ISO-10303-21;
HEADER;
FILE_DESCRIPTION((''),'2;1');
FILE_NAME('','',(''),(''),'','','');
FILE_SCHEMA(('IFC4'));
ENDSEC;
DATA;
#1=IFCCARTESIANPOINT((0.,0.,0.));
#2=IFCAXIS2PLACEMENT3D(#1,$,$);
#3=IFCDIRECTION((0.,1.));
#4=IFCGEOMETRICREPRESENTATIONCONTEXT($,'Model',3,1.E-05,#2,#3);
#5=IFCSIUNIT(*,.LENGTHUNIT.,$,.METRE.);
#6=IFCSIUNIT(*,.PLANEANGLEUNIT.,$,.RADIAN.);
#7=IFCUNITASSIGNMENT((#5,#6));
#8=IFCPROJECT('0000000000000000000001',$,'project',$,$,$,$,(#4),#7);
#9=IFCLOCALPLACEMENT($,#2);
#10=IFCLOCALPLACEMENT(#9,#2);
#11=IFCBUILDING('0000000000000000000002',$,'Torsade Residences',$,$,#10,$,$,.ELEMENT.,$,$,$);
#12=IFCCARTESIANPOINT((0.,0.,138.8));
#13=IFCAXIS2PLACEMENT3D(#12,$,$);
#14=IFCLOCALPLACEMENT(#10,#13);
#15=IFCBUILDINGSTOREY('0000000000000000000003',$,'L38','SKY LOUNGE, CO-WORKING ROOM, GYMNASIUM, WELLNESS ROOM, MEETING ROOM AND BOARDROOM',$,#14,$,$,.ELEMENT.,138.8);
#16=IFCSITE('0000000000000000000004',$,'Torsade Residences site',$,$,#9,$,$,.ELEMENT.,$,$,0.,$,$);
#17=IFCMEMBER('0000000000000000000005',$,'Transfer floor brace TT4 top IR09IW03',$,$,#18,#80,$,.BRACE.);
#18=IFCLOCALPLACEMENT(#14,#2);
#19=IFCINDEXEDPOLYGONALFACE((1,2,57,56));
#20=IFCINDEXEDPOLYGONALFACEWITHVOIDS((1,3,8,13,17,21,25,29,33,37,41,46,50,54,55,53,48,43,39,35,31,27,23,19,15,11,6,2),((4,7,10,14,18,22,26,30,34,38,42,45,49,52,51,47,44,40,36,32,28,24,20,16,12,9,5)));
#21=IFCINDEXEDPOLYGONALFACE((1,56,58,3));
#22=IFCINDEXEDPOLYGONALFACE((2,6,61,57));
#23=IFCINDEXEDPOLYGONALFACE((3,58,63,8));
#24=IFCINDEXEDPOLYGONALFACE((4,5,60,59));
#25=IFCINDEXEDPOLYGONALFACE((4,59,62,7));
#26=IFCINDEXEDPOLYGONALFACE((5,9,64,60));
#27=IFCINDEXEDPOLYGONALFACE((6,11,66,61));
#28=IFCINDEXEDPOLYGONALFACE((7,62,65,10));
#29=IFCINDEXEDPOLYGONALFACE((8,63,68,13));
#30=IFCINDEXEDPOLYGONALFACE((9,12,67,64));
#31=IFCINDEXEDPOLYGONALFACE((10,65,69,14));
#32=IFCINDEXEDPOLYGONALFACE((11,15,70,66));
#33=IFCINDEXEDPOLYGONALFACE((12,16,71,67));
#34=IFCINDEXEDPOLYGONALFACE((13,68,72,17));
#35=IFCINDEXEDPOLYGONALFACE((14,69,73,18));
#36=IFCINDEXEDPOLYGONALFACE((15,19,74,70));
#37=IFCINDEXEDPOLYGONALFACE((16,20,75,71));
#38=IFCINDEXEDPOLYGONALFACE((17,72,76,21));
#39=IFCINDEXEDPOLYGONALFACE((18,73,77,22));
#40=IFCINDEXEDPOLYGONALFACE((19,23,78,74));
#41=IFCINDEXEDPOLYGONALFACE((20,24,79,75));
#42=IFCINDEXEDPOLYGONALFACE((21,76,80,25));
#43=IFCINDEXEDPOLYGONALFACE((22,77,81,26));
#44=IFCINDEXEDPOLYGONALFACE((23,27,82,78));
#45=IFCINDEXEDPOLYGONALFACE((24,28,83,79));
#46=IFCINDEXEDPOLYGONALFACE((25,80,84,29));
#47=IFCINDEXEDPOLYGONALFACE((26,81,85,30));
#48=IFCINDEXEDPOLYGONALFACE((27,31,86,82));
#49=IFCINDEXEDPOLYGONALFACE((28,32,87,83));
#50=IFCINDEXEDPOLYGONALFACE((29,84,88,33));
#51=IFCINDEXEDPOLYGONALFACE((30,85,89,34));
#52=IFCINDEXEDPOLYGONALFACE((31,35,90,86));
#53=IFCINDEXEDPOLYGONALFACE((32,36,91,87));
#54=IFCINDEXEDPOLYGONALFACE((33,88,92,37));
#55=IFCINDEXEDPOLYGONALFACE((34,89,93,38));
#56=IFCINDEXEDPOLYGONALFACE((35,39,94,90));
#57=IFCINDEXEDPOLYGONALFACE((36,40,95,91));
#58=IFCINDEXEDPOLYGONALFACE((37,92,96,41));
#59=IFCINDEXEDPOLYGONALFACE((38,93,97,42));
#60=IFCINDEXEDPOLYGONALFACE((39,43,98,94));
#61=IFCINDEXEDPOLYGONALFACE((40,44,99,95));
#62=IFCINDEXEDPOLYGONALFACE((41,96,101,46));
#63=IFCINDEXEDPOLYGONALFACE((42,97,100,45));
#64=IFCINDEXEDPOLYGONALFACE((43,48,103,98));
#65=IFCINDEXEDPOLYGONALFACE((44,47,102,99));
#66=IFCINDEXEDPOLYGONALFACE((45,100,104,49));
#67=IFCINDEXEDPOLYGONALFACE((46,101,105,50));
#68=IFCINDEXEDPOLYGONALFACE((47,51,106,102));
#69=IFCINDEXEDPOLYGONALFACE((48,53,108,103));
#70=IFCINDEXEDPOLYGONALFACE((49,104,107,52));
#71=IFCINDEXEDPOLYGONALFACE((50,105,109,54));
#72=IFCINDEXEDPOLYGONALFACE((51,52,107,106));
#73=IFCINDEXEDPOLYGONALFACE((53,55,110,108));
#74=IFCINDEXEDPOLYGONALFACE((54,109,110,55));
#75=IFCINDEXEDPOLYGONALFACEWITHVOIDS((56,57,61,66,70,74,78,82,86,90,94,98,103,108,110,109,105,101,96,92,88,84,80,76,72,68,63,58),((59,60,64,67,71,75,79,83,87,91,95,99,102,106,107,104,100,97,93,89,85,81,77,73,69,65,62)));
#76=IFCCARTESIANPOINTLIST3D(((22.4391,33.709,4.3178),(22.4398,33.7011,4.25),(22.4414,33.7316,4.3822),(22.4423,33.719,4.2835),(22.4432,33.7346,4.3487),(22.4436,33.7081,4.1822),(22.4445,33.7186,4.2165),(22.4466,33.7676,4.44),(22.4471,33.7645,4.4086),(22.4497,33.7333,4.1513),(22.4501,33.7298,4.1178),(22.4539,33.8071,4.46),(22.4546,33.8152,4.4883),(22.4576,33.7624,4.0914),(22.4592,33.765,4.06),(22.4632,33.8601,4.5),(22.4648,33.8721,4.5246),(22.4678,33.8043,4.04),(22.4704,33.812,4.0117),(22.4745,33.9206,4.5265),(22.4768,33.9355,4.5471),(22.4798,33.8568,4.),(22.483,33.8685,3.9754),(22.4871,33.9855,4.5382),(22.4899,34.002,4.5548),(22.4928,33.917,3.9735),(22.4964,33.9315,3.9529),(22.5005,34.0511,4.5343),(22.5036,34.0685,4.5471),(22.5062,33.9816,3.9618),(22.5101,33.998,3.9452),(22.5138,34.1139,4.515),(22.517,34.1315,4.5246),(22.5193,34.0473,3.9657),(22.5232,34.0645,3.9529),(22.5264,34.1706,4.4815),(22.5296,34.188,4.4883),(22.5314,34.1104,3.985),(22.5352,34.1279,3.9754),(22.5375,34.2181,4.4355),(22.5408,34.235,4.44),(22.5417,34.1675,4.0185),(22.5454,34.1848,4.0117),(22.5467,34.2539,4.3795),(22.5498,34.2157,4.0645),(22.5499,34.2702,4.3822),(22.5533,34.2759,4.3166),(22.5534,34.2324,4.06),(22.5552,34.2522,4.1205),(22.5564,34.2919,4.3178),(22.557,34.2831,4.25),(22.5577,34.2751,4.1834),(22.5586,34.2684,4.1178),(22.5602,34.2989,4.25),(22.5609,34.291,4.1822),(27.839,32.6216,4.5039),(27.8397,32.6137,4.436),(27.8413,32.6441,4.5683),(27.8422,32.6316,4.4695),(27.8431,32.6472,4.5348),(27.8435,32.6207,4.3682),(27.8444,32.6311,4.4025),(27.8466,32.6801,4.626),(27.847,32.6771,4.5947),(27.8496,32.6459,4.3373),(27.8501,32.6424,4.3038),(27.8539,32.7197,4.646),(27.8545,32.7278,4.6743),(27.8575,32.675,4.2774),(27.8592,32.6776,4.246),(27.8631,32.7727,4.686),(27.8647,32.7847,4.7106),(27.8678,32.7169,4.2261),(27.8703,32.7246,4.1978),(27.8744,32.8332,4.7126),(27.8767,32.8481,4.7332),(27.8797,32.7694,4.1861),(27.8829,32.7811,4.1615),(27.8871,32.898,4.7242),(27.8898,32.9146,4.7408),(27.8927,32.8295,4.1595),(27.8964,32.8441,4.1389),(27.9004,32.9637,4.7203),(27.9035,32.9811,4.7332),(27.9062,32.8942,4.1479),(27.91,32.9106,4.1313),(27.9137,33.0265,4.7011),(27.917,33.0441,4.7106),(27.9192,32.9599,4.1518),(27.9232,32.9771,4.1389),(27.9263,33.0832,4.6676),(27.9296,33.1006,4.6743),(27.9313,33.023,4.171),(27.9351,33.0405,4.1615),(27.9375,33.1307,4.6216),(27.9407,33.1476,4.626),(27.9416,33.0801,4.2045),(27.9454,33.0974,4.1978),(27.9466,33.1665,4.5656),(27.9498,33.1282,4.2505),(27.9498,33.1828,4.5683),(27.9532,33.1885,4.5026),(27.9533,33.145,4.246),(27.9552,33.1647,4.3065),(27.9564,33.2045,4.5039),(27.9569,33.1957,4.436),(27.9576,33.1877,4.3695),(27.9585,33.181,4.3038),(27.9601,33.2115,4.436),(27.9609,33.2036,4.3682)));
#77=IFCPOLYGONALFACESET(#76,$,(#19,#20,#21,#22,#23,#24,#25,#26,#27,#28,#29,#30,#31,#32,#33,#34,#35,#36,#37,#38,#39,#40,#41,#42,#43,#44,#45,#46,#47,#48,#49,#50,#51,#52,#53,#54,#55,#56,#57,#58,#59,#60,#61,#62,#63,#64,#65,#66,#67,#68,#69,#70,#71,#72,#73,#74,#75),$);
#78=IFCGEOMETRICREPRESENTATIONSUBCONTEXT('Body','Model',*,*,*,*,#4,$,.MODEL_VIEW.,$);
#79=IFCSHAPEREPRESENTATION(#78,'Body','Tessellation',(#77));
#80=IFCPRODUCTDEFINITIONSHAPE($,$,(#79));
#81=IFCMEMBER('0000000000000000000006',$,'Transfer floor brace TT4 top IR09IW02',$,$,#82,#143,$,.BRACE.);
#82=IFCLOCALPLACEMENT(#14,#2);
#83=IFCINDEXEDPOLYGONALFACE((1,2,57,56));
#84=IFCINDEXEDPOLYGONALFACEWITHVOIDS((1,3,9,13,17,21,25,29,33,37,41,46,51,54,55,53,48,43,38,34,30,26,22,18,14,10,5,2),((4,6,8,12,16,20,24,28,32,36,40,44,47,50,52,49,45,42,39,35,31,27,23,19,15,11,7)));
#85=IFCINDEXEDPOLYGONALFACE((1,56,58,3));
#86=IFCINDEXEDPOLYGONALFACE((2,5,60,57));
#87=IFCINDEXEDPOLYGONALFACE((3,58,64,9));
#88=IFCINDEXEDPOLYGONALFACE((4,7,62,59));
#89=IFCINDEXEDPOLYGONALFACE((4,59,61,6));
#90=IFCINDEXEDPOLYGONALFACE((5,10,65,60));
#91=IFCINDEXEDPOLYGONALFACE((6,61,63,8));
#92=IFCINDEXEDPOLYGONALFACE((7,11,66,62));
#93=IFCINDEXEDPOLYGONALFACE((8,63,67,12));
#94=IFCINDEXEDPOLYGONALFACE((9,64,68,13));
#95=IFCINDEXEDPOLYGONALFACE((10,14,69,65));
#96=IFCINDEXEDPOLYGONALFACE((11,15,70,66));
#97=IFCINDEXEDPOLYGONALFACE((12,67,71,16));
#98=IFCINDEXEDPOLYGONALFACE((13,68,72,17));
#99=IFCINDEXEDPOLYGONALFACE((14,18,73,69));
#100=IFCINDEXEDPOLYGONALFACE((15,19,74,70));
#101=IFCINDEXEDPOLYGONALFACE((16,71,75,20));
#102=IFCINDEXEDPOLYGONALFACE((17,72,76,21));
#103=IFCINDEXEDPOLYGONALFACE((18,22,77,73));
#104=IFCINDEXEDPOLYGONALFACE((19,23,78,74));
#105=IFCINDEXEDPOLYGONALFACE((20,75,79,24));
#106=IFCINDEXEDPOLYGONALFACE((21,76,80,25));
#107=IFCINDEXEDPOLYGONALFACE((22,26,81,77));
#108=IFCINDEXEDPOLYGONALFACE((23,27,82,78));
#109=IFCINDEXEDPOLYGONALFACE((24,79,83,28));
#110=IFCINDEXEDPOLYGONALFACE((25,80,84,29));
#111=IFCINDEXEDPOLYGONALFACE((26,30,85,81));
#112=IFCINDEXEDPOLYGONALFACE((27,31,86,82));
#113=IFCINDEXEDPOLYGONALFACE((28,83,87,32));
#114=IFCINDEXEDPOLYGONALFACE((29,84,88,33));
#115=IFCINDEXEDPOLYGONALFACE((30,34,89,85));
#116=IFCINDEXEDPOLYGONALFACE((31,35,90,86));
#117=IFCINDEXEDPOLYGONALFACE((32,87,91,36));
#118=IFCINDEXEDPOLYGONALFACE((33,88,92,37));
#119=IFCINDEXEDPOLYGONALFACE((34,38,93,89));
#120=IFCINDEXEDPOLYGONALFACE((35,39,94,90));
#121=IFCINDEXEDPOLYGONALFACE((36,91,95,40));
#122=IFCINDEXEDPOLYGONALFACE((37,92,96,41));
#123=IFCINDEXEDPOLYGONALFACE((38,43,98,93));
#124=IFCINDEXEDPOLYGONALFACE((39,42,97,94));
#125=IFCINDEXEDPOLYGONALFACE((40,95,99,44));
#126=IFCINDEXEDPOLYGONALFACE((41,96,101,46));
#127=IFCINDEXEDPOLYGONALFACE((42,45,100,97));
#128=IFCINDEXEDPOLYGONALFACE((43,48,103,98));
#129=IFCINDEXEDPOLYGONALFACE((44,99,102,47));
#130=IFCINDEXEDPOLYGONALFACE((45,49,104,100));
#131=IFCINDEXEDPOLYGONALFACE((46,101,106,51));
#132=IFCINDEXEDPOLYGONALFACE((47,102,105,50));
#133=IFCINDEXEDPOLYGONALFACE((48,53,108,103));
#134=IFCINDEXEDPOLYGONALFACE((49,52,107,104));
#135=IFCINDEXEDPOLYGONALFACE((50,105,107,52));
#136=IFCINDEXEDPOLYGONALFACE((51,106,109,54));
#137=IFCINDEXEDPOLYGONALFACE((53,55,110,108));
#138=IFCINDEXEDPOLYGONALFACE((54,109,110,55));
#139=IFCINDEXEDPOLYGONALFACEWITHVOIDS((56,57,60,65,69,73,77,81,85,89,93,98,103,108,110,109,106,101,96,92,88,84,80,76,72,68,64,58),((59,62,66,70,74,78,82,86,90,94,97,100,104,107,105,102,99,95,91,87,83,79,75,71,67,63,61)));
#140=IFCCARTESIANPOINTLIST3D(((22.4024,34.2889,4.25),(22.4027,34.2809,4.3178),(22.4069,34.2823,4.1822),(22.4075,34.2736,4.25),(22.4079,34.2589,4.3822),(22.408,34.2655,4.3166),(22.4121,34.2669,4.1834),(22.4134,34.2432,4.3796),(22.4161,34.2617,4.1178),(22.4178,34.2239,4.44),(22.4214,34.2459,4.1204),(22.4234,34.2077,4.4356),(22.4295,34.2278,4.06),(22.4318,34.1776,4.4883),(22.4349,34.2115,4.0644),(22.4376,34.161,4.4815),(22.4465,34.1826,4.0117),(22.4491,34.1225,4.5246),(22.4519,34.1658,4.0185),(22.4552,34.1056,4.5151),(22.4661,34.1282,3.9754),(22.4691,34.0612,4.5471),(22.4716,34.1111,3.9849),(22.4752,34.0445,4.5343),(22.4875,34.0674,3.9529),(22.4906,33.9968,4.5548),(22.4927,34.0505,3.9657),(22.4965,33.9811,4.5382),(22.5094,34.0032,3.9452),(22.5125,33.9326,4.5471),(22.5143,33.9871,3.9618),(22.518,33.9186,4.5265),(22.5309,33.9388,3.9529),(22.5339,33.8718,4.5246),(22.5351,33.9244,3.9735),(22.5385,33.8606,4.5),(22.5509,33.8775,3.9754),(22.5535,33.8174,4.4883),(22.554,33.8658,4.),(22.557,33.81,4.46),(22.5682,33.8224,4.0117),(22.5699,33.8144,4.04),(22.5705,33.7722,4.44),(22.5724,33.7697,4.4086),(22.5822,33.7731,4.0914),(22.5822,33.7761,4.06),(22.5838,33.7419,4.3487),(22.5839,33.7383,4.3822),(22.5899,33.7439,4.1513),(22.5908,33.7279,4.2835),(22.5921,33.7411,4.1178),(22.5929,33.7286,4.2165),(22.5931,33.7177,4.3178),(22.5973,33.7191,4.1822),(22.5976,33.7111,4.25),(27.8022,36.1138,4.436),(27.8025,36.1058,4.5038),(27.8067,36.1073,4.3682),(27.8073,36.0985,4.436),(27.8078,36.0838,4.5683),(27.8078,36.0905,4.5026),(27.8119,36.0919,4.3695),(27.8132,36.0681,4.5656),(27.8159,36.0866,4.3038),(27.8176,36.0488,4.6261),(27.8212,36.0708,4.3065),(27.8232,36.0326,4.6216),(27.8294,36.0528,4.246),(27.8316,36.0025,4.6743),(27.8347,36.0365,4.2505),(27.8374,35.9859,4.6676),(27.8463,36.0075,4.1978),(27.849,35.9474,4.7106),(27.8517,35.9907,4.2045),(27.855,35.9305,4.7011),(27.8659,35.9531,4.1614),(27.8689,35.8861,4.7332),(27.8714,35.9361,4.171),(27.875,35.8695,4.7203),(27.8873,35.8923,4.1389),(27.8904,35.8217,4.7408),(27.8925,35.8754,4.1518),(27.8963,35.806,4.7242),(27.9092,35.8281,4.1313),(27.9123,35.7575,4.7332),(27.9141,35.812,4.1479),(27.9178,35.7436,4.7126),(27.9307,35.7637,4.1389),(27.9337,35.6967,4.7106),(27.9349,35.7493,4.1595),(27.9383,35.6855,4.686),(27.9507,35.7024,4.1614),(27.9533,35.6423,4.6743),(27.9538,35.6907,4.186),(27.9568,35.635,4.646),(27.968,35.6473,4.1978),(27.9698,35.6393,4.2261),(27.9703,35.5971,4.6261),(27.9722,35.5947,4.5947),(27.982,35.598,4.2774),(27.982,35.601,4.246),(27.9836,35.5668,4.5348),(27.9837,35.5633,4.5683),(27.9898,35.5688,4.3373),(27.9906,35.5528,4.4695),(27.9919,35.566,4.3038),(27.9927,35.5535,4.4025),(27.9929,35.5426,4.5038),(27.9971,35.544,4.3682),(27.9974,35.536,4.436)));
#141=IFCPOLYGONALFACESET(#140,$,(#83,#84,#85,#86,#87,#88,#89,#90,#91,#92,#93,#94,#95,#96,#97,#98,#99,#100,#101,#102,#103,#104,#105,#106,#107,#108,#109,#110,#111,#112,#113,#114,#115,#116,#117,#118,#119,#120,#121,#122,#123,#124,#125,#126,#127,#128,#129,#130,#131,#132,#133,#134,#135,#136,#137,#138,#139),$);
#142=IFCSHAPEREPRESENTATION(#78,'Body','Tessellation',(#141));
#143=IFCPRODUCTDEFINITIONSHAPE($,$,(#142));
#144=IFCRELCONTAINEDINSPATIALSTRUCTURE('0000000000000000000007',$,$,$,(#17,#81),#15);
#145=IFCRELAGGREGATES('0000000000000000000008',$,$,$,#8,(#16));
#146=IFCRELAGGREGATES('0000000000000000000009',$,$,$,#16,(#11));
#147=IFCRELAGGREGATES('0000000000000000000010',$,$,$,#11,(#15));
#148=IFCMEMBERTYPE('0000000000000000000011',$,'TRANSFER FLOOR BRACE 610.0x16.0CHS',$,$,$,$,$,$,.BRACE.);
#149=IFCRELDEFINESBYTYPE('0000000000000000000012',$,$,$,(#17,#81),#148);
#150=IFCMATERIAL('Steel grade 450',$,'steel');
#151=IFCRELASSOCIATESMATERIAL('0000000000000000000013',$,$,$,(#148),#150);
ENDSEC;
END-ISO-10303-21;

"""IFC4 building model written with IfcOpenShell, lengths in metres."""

from ifc_helpers import new_model, si_unit, direction, frame, origin, origin_2d, place, context, subcontext, project, spatial, hollow_circle, extrude, material, material_profile, profile_set, type_object, element, save


model = new_model("IFC4")

# Units and contexts
model_context = context("Model", 3, precision=1e-05, world=origin(), true_north=direction((0.0, 1.0)))
body_context = subcontext(model_context, "Body", "Model", "MODEL_VIEW")
ifc_project = project(units=[si_unit("LENGTHUNIT", "METRE"), si_unit("PLANEANGLEUNIT", "RADIAN")], contexts=[model_context])

# Site, building, storey
site_placement = place(None, origin())
site = spatial("IfcSite", under=ifc_project, at=site_placement, Name="Torsade Residences site", CompositionType="ELEMENT", RefElevation=0.0)
building_placement = place(site_placement, origin())
building = spatial("IfcBuilding", under=site, at=building_placement, Name="Torsade Residences", CompositionType="ELEMENT")
storey_placement = place(building_placement, frame((0.0, 0.0, 138.8)))
storey = spatial("IfcBuildingStorey", under=building, at=storey_placement, Name="L38", Description="SKY LOUNGE, CO-WORKING ROOM, GYMNASIUM, WELLNESS ROOM, MEETING ROOM AND BOARDROOM", CompositionType="ELEMENT", Elevation=138.8)

# Members
ifc_material_1 = material(Name="Steel grade 450", Category="steel")
ifc_material_profile_1 = material_profile(ifc_material_1, hollow_circle(Radius=0.3049, WallThickness=0.0161, at=origin_2d()), Name="610.0x16.0CHS")
ifc_profile_set_1 = profile_set([ifc_material_profile_1], Name="Steel grade 450")
member_type_1 = type_object("IfcMemberType", Name="TRANSFER FLOOR BRACE 610.0x16.0CHS", PredefinedType="BRACE", material=ifc_profile_set_1)
member_1_placement = place(storey_placement, frame((22.5, 34.0, 4.25), z_axis=(0.979762, -0.197299, 0.033754), x_axis=(0.197412, 0.980321, 0.0)))
element("IfcMember", 1, at=member_1_placement, inside=storey, type_object=member_type_1, Name="Transfer floor brace TT4 top IR09IW03", PredefinedType="BRACE", context=body_context, shape_type="SweptSolid", body=[
    extrude(hollow_circle(Radius=0.3049, WallThickness=0.0161, at=origin_2d()), origin(), (0.0, 0.0, 1.0), 5.5115),
])
member_2_placement = place(storey_placement, frame((22.5, 34.0, 4.25), z_axis=(0.946856, 0.319999, 0.032621), x_axis=(-0.32017, 0.94736, 0.0)))
element("IfcMember", 2, at=member_2_placement, inside=storey, type_object=member_type_1, Name="Transfer floor brace TT4 top IR09IW02", PredefinedType="BRACE", context=body_context, shape_type="SweptSolid", body=[
    extrude(hollow_circle(Radius=0.3049, WallThickness=0.0161, at=origin_2d()), origin(), (0.0, 0.0, 1.0), 5.7029),
])

save(model, "model.ifc")
